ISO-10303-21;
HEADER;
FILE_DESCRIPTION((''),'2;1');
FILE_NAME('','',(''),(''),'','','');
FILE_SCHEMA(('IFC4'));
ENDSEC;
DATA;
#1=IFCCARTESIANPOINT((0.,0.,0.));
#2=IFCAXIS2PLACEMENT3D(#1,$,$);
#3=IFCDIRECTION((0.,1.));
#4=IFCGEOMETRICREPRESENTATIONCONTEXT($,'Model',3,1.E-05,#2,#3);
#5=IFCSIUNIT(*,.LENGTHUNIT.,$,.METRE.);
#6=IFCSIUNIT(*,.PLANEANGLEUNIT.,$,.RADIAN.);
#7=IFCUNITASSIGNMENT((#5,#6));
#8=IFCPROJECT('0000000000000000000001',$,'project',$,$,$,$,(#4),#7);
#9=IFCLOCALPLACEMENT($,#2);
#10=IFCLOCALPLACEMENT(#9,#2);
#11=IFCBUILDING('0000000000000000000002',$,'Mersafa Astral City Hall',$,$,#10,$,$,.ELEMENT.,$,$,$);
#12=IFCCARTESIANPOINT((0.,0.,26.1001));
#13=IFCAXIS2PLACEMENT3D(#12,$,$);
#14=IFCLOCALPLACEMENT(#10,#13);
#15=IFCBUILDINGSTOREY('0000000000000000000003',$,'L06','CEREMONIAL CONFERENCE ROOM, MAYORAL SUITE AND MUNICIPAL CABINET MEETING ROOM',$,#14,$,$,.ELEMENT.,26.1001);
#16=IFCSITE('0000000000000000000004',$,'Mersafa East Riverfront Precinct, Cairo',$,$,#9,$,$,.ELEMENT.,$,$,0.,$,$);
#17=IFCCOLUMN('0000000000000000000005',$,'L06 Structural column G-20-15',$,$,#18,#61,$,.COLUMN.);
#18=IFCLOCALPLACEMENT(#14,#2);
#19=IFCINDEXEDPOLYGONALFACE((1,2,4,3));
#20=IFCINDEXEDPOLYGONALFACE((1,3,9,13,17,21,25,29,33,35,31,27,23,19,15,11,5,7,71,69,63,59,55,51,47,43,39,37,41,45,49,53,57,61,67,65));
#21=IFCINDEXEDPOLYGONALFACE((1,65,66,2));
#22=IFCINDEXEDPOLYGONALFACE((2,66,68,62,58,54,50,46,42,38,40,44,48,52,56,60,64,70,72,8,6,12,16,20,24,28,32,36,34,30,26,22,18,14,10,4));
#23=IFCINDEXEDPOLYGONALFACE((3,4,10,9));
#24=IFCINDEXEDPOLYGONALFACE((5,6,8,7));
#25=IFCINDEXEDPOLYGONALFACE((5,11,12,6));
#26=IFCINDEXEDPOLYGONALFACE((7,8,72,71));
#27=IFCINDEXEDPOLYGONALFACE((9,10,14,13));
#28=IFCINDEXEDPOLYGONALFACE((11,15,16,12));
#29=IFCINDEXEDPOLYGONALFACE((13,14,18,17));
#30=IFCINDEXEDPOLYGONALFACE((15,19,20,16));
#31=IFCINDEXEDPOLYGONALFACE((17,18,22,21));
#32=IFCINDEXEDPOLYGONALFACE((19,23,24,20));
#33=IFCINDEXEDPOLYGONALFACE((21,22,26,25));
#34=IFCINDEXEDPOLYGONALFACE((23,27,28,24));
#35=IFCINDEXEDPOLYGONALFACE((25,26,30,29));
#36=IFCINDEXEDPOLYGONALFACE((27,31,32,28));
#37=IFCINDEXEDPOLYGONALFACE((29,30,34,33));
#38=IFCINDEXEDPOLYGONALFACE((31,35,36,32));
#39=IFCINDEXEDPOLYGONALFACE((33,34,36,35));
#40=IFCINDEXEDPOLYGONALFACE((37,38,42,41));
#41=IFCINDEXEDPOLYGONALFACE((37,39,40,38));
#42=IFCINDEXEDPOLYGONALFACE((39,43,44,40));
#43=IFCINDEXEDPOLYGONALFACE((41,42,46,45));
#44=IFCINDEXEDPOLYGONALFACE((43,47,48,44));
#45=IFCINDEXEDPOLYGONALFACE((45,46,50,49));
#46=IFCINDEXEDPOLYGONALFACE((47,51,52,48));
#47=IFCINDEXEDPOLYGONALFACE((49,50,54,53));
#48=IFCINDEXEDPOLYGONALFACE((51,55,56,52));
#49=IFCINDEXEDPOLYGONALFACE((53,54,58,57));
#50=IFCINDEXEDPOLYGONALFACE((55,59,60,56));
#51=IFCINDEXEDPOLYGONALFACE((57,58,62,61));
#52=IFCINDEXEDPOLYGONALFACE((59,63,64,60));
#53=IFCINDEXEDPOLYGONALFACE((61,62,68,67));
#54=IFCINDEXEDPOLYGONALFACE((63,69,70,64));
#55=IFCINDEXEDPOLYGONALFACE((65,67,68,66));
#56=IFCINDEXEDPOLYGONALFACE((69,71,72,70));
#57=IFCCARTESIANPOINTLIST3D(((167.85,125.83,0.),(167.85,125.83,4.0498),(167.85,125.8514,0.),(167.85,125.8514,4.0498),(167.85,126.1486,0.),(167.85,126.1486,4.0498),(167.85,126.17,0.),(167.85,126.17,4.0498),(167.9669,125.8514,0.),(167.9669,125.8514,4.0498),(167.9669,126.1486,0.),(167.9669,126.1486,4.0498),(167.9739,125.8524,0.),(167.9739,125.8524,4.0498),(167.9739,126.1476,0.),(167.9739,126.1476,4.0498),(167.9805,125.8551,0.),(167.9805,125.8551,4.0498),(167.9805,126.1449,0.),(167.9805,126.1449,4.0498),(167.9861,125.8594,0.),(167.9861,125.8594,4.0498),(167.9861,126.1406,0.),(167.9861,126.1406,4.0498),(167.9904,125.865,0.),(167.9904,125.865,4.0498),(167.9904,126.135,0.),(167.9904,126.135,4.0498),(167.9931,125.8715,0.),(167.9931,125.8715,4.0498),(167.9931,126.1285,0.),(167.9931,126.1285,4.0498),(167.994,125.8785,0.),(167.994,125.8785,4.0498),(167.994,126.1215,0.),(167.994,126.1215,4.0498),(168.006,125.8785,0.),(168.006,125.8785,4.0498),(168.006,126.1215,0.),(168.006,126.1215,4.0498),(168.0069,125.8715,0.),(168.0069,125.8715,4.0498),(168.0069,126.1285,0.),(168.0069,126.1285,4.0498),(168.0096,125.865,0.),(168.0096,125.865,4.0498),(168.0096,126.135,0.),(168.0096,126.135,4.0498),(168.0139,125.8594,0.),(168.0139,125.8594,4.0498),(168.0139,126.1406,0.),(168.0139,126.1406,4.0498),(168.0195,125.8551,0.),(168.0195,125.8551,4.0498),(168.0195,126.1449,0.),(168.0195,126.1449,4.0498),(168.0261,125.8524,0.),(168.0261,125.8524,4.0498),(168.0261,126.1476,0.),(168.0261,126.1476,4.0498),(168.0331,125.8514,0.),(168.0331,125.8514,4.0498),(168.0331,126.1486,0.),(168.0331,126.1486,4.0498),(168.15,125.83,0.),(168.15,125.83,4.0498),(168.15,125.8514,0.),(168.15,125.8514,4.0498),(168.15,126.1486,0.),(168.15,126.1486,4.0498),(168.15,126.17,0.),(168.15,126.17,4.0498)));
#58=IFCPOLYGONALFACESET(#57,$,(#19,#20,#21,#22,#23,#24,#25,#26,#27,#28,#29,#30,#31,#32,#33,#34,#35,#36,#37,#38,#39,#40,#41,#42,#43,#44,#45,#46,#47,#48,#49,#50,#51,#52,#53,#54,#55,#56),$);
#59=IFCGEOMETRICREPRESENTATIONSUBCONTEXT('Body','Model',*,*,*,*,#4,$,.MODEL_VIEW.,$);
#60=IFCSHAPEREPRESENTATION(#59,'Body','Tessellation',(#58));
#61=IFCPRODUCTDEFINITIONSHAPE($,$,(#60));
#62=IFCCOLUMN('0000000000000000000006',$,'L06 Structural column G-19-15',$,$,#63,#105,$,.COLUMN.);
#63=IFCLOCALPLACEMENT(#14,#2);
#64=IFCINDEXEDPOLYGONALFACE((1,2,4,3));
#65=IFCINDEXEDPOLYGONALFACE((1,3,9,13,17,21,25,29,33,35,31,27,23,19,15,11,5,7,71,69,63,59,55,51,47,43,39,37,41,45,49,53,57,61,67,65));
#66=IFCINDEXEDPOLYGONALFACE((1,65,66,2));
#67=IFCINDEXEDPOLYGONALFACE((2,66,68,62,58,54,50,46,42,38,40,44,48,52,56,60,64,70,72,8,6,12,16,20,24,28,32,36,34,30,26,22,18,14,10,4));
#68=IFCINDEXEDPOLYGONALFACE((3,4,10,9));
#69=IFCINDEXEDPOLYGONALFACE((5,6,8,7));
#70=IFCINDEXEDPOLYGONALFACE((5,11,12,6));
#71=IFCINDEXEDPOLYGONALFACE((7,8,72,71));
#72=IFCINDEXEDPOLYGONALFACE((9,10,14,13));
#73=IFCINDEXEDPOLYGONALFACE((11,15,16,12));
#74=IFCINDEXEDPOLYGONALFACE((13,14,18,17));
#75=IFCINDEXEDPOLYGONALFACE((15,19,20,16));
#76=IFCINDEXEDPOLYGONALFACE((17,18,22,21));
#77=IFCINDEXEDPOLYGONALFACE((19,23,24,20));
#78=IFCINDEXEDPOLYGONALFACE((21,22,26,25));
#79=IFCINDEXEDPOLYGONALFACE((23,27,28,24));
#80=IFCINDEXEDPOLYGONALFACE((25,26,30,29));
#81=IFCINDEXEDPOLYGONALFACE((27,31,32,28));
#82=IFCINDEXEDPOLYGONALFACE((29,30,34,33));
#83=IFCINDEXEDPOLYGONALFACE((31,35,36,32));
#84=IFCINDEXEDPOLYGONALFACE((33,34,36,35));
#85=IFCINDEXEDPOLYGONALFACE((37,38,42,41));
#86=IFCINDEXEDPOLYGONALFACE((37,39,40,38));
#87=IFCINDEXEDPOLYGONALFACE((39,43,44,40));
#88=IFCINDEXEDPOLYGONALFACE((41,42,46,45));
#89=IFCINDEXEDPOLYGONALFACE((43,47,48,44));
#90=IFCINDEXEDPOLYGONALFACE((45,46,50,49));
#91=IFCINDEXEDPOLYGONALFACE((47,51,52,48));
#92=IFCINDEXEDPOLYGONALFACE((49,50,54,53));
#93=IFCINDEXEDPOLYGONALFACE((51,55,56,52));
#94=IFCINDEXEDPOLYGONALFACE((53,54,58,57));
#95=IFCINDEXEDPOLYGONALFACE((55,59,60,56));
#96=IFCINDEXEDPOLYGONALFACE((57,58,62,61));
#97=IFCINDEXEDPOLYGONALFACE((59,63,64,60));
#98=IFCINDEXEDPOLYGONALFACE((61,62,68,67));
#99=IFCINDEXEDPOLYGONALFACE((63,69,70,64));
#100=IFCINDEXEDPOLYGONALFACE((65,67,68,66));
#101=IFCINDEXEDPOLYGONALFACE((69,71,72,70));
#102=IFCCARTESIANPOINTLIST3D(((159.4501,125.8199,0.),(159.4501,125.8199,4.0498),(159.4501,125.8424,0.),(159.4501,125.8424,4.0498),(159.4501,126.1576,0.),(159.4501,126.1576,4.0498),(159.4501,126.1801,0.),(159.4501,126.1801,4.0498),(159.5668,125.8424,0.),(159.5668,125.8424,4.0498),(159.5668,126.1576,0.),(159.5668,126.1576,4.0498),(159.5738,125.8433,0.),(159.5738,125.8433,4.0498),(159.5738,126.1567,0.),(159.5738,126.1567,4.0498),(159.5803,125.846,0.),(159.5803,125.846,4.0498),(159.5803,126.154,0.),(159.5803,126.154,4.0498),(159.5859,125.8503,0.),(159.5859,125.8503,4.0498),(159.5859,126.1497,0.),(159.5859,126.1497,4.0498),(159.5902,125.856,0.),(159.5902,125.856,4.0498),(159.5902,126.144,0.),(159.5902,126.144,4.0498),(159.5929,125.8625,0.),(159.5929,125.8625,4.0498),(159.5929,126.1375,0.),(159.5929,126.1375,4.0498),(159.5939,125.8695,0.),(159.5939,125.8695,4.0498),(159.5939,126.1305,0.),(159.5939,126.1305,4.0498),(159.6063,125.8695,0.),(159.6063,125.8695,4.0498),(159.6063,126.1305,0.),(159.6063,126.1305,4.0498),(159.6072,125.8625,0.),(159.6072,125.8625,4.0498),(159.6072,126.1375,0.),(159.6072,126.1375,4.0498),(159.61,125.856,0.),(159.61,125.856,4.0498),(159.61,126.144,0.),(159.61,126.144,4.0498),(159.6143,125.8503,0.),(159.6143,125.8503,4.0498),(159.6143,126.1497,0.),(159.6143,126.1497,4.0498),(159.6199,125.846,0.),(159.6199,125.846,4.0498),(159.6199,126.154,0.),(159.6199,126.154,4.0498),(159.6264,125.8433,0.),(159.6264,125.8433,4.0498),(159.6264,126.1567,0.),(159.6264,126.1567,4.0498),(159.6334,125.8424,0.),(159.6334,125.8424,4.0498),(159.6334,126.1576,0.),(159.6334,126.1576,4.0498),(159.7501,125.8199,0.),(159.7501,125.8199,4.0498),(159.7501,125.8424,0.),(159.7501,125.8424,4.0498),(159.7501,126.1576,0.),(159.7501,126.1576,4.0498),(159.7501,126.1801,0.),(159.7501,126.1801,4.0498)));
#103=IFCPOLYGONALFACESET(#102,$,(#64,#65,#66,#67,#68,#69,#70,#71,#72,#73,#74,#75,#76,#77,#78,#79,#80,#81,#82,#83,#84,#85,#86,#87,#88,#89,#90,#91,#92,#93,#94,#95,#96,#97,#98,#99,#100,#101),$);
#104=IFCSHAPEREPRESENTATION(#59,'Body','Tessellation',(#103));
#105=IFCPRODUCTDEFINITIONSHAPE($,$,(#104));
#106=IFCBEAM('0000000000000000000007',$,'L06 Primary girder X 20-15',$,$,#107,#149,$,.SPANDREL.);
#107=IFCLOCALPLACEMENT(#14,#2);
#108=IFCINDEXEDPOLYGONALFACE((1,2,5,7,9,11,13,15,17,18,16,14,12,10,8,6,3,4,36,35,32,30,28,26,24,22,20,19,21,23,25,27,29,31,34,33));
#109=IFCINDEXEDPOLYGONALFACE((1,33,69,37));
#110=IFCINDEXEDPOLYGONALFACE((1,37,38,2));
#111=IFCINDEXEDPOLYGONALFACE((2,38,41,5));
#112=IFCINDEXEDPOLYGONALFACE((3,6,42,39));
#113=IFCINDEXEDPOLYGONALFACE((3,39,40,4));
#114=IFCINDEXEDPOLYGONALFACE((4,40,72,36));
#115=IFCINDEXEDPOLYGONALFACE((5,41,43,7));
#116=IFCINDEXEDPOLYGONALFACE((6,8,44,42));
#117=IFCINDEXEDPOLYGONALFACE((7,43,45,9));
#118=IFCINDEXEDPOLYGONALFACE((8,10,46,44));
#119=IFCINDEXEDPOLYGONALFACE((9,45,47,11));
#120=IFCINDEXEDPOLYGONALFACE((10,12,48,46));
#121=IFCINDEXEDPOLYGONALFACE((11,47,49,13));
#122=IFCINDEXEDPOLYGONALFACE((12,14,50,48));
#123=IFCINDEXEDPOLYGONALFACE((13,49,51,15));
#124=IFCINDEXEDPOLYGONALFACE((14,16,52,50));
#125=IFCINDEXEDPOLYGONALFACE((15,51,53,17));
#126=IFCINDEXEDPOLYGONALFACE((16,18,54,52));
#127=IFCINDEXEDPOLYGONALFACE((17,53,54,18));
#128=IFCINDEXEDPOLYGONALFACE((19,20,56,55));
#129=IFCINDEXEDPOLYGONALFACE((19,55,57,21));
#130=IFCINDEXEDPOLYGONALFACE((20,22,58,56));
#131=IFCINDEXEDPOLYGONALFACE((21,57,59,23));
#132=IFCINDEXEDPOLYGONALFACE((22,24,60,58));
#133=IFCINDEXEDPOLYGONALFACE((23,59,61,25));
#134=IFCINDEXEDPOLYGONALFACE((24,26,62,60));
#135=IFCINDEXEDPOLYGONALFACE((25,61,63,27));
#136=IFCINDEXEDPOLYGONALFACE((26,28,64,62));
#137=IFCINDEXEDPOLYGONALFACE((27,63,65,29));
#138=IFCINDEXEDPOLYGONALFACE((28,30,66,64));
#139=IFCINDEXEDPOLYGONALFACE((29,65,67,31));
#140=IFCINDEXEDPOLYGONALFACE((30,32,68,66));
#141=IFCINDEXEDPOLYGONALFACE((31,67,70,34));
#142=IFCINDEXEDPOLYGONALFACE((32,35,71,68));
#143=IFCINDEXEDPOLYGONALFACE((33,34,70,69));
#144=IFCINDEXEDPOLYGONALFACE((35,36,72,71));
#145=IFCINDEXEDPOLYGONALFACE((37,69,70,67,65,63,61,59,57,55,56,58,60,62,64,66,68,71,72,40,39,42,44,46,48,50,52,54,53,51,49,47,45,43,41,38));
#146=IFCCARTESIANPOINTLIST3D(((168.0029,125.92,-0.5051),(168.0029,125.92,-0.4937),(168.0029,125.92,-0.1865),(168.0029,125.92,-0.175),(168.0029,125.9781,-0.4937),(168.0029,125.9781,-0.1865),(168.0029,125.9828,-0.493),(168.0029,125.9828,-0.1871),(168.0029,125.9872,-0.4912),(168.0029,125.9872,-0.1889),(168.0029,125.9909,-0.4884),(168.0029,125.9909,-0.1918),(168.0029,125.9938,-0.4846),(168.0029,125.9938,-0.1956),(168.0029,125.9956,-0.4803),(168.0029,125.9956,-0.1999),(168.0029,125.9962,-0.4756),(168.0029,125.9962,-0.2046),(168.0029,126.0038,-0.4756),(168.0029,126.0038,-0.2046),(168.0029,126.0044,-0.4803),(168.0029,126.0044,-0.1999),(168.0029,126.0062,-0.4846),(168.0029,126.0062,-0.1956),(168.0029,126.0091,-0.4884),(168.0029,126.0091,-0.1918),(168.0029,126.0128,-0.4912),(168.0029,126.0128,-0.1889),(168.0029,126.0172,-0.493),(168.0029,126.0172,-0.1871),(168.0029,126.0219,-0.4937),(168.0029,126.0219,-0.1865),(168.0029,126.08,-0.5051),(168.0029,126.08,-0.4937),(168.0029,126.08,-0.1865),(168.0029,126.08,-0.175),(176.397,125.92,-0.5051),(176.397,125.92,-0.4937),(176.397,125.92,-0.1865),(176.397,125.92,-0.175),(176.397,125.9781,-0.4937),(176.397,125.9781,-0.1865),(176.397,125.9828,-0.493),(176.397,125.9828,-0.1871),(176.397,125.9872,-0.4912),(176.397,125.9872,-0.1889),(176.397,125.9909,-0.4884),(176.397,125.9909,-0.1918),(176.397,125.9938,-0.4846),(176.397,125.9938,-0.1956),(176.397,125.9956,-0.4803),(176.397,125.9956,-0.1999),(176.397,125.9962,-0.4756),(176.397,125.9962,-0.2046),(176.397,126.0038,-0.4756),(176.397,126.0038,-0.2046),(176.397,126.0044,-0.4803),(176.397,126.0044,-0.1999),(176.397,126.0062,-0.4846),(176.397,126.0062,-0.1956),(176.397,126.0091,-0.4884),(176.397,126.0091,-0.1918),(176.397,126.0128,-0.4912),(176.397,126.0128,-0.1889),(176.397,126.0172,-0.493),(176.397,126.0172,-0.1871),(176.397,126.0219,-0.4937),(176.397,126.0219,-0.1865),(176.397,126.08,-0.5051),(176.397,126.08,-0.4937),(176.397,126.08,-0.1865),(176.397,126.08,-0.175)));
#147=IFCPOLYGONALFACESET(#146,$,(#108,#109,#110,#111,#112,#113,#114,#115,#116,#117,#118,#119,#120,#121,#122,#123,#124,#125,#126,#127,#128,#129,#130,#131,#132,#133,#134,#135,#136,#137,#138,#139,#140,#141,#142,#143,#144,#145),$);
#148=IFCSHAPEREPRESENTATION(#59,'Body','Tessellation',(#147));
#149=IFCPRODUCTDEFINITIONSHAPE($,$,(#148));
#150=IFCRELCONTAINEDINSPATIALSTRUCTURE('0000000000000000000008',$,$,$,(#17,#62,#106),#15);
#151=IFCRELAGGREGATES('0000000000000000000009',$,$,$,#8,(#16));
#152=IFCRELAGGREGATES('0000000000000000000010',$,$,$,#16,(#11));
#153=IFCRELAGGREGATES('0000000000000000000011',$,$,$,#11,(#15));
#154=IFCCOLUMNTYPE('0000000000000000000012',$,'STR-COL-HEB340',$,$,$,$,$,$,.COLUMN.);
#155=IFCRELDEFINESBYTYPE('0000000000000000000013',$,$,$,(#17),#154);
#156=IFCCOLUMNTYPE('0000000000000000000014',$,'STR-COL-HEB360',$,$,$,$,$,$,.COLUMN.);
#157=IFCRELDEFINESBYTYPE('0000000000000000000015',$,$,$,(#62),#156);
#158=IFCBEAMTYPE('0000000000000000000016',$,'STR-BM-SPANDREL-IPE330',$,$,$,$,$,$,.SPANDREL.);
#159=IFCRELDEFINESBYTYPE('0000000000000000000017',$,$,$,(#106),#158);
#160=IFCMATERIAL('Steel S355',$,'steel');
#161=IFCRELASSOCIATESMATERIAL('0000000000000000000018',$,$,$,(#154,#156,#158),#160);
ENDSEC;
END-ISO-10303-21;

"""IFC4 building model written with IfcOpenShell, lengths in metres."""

from ifc_helpers import new_model, si_unit, direction, frame, origin, origin_2d, place, context, subcontext, project, spatial, i_section, extrude, material, material_profile, profile_set, type_object, element, save


model = new_model("IFC4")

# Units and contexts
model_context = context("Model", 3, precision=1e-05, world=origin(), true_north=direction((0.0, 1.0)))
body_context = subcontext(model_context, "Body", "Model", "MODEL_VIEW")
ifc_project = project(units=[si_unit("LENGTHUNIT", "METRE"), si_unit("PLANEANGLEUNIT", "RADIAN")], contexts=[model_context])

# Site, building, storey
site_placement = place(None, origin())
site = spatial("IfcSite", under=ifc_project, at=site_placement, Name="Mersafa East Riverfront Precinct, Cairo", CompositionType="ELEMENT", RefElevation=0.0)
building_placement = place(site_placement, origin())
building = spatial("IfcBuilding", under=site, at=building_placement, Name="Mersafa Astral City Hall", CompositionType="ELEMENT")
storey_placement = place(building_placement, frame((0.0, 0.0, 26.1001)))
storey = spatial("IfcBuildingStorey", under=building, at=storey_placement, Name="L06", Description="CEREMONIAL CONFERENCE ROOM, MAYORAL SUITE AND MUNICIPAL CABINET MEETING ROOM", CompositionType="ELEMENT", Elevation=26.1001)

# Columns
ifc_material_1 = material(Name="Steel S355", Category="steel")
ifc_material_profile_1 = material_profile(ifc_material_1, i_section(OverallWidth=0.3, OverallDepth=0.3401, WebThickness=0.012, FlangeThickness=0.0215, FilletRadius=0.0271, at=origin_2d()), Name="HEB 340")
ifc_profile_set_1 = profile_set([ifc_material_profile_1], Name="Steel S355")
column_type_1 = type_object("IfcColumnType", Name="STR-COL-HEB340", PredefinedType="COLUMN", material=ifc_profile_set_1)
column_1_placement = place(storey_placement, frame((168.0, 126.0, 0.0), z_axis=(0.0, 0.0, 1.0), x_axis=(1.0, 0.0, 0.0)))
element("IfcColumn", 1, at=column_1_placement, inside=storey, type_object=column_type_1, Name="L06 Structural column G-20-15", PredefinedType="COLUMN", context=body_context, shape_type="SweptSolid", body=[
    extrude(i_section(OverallWidth=0.3, OverallDepth=0.3401, WebThickness=0.012, FlangeThickness=0.0215, FilletRadius=0.0271, at=origin_2d()), origin(), (0.0, 0.0, 1.0), 4.0498),
])
ifc_material_profile_2 = material_profile(ifc_material_1, i_section(OverallWidth=0.3, OverallDepth=0.3601, WebThickness=0.0125, FlangeThickness=0.0225, FilletRadius=0.0271, at=origin_2d()), Name="HEB 360")
ifc_profile_set_2 = profile_set([ifc_material_profile_2], Name="Steel S355")
column_type_2 = type_object("IfcColumnType", Name="STR-COL-HEB360", PredefinedType="COLUMN", material=ifc_profile_set_2)
column_2_placement = place(storey_placement, frame((159.6001, 126.0, 0.0), z_axis=(0.0, 0.0, 1.0), x_axis=(1.0, 0.0, 0.0)))
element("IfcColumn", 2, at=column_2_placement, inside=storey, type_object=column_type_2, Name="L06 Structural column G-19-15", PredefinedType="COLUMN", context=body_context, shape_type="SweptSolid", body=[
    extrude(i_section(OverallWidth=0.3, OverallDepth=0.3601, WebThickness=0.0125, FlangeThickness=0.0225, FilletRadius=0.0271, at=origin_2d()), origin(), (0.0, 0.0, 1.0), 4.0498),
])

# Beam
ifc_material_profile_3 = material_profile(ifc_material_1, i_section(OverallWidth=0.1599, OverallDepth=0.3301, WebThickness=0.0076, FlangeThickness=0.0115, FilletRadius=0.0181, at=origin_2d()), Name="IPE 330")
ifc_profile_set_3 = profile_set([ifc_material_profile_3], Name="Steel S355")
beam_type_1 = type_object("IfcBeamType", Name="STR-BM-SPANDREL-IPE330", PredefinedType="SPANDREL", material=ifc_profile_set_3)
beam_1_placement = place(storey_placement, frame((168.0029, 126.0, -0.3401), z_axis=(1.0, 0.0, 0.0), x_axis=(0.0, 1.0, 0.0)))
element("IfcBeam", 3, at=beam_1_placement, inside=storey, type_object=beam_type_1, Name="L06 Primary girder X 20-15", PredefinedType="SPANDREL", context=body_context, shape_type="SweptSolid", body=[
    extrude(i_section(OverallWidth=0.1599, OverallDepth=0.3301, WebThickness=0.0076, FlangeThickness=0.0115, FilletRadius=0.0181, at=origin_2d()), origin(), (0.0, 0.0, 1.0), 8.394),
])

save(model, "model.ifc")
